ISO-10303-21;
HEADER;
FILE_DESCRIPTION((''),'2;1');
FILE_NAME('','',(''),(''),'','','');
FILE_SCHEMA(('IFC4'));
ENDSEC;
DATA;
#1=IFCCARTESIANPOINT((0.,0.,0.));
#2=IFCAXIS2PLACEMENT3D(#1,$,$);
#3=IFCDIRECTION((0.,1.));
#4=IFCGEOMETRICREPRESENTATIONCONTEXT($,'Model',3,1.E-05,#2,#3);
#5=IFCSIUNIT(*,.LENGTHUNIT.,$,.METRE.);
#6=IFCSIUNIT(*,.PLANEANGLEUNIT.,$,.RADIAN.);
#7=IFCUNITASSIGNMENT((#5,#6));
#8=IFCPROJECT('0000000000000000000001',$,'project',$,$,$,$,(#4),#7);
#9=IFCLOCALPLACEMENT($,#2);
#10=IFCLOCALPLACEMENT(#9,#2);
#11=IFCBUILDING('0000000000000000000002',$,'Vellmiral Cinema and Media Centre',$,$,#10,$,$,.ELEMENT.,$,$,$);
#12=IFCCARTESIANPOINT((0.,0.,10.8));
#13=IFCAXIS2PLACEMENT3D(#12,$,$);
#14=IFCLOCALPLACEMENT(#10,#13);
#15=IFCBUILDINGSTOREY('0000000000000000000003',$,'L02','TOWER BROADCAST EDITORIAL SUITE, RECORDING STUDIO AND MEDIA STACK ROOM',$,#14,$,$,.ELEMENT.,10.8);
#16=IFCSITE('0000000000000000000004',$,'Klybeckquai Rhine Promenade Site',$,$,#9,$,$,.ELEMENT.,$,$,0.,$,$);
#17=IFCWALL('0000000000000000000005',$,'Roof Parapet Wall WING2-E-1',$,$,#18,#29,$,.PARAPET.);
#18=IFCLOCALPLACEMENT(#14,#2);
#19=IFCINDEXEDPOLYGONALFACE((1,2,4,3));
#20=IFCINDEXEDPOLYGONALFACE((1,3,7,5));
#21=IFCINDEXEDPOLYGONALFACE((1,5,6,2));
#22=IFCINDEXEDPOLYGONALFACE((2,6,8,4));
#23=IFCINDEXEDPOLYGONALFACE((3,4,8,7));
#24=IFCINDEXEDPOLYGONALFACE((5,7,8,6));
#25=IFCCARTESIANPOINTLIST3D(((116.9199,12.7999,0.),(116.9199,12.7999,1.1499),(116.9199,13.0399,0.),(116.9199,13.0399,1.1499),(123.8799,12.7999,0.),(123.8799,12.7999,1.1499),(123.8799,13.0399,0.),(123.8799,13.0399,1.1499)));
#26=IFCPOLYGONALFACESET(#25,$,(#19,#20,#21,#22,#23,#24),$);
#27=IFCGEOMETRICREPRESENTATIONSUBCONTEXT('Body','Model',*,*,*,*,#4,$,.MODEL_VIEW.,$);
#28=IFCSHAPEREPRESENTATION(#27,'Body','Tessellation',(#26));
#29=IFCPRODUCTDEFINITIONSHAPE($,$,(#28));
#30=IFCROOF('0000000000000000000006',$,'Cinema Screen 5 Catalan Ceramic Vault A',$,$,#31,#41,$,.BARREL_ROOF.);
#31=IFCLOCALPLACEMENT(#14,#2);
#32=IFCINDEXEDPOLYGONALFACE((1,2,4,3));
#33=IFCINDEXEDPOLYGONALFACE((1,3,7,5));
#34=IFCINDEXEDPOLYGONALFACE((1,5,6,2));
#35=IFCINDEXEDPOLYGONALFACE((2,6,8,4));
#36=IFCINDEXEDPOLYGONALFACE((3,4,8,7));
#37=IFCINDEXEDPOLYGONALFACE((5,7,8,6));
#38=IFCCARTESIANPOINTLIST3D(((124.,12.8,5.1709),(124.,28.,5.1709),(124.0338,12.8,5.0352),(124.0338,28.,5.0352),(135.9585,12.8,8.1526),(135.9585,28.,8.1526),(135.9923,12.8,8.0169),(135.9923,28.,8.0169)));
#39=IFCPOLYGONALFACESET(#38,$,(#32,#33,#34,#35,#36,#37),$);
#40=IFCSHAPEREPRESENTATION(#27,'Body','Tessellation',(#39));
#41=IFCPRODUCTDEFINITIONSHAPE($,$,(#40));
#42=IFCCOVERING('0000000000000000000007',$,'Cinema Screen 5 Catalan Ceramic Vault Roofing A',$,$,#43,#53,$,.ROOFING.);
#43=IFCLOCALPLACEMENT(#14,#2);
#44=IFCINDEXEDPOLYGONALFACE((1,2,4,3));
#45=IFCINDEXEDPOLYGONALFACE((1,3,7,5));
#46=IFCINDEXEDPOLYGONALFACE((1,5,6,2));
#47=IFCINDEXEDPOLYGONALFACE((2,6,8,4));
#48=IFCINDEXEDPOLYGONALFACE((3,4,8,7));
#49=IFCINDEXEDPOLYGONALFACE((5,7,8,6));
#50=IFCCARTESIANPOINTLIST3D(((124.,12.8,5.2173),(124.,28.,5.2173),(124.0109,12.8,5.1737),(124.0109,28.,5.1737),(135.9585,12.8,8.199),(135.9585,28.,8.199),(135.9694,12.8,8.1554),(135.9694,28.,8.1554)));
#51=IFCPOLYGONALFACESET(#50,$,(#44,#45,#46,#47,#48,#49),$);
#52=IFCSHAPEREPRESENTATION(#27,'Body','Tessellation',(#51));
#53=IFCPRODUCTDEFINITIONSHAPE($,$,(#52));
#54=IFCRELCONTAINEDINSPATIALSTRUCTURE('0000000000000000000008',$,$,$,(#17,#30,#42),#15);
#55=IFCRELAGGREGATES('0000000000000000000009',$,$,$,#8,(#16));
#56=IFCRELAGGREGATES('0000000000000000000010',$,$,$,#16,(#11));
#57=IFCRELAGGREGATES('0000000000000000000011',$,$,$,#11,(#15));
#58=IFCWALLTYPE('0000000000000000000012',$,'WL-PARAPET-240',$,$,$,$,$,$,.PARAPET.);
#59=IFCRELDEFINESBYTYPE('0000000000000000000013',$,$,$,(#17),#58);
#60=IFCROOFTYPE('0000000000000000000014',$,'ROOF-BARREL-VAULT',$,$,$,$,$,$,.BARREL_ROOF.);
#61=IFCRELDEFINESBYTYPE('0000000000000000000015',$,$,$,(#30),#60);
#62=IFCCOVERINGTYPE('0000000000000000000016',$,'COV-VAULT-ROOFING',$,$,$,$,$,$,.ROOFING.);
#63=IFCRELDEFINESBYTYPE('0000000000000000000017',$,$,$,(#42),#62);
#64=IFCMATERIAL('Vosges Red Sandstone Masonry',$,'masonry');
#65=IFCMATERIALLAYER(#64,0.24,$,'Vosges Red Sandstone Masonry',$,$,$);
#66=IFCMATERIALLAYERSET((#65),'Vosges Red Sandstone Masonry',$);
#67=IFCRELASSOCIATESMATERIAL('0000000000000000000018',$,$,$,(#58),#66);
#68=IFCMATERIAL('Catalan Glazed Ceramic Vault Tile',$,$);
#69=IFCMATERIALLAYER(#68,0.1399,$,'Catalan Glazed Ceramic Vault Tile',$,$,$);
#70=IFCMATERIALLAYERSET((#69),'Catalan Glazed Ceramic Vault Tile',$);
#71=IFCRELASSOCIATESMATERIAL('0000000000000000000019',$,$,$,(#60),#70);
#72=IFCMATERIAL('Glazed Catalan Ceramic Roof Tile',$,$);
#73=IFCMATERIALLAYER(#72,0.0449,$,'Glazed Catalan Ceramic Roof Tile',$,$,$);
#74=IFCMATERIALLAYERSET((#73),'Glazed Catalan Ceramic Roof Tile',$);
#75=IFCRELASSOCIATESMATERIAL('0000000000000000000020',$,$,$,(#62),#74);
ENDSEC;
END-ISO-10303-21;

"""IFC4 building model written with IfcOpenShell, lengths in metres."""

from ifc_helpers import new_model, si_unit, direction, frame, frame_2d, origin, place, context, subcontext, project, spatial, polyline, rectangle, outline, extrude, material, layer, layer_set, type_object, element, save


model = new_model("IFC4")

# Units and contexts
model_context = context("Model", 3, precision=1e-05, world=origin(), true_north=direction((0.0, 1.0)))
body_context = subcontext(model_context, "Body", "Model", "MODEL_VIEW")
ifc_project = project(units=[si_unit("LENGTHUNIT", "METRE"), si_unit("PLANEANGLEUNIT", "RADIAN")], contexts=[model_context])

# Site, building, storey
site_placement = place(None, origin())
site = spatial("IfcSite", under=ifc_project, at=site_placement, Name="Klybeckquai Rhine Promenade Site", CompositionType="ELEMENT", RefElevation=0.0)
building_placement = place(site_placement, origin())
building = spatial("IfcBuilding", under=site, at=building_placement, Name="Vellmiral Cinema and Media Centre", CompositionType="ELEMENT")
storey_placement = place(building_placement, frame((0.0, 0.0, 10.8)))
storey = spatial("IfcBuildingStorey", under=building, at=storey_placement, Name="L02", Description="TOWER BROADCAST EDITORIAL SUITE, RECORDING STUDIO AND MEDIA STACK ROOM", CompositionType="ELEMENT", Elevation=10.8)

# Wall
ifc_material_1 = material(Name="Vosges Red Sandstone Masonry", Category="masonry")
ifc_layer_1 = layer(ifc_material_1, 0.24, Name="Vosges Red Sandstone Masonry")
ifc_layer_set_1 = layer_set([ifc_layer_1], Name="Vosges Red Sandstone Masonry")
wall_type_1 = type_object("IfcWallType", Name="WL-PARAPET-240", PredefinedType="PARAPET", material=ifc_layer_set_1)
wall_1_placement = place(storey_placement, frame((116.9199, 12.9199, 0.0), z_axis=(0.0, 0.0, 1.0), x_axis=(1.0, 0.0, 0.0)))
element("IfcWall", 1, at=wall_1_placement, inside=storey, type_object=wall_type_1, Name="Roof Parapet Wall WING2-E-1", PredefinedType="PARAPET", context=body_context, shape_type="SweptSolid", body=[
    extrude(rectangle(XDim=6.96, YDim=0.24, at=frame_2d((3.48, 0.0))), origin(), (0.0, 0.0, 1.0), 1.1499),
])

# Roof
ifc_material_2 = material(Name="Catalan Glazed Ceramic Vault Tile")
ifc_layer_2 = layer(ifc_material_2, 0.1399, Name="Catalan Glazed Ceramic Vault Tile")
ifc_layer_set_2 = layer_set([ifc_layer_2], Name="Catalan Glazed Ceramic Vault Tile")
roof_type = type_object("IfcRoofType", Name="ROOF-BARREL-VAULT", PredefinedType="BARREL_ROOF", material=ifc_layer_set_2)
roof_placement = place(storey_placement, frame((124.0, 12.8, 5.1709), z_axis=(-0.24193, 0.0, 0.970294), x_axis=(0.970294, 0.0, 0.24193)))
element("IfcRoof", 2, at=roof_placement, inside=storey, type_object=roof_type, Name="Cinema Screen 5 Catalan Ceramic Vault A", PredefinedType="BARREL_ROOF", context=body_context, shape_type="SweptSolid", body=[
    extrude(outline(polyline([(0.0, 0.0), (12.3246, 0.0), (12.3246, 15.2), (0.0, 15.2), (0.0, 0.0)])), origin(), (0.0, 0.0, -1.0), 0.1399),
])

# Covering
ifc_material_3 = material(Name="Glazed Catalan Ceramic Roof Tile")
ifc_layer_3 = layer(ifc_material_3, 0.0449, Name="Glazed Catalan Ceramic Roof Tile")
ifc_layer_set_3 = layer_set([ifc_layer_3], Name="Glazed Catalan Ceramic Roof Tile")
covering_type = type_object("IfcCoveringType", Name="COV-VAULT-ROOFING", PredefinedType="ROOFING", material=ifc_layer_set_3)
covering_placement = place(storey_placement, frame((124.0, 12.8, 5.2173), z_axis=(-0.24193, 0.0, 0.970294), x_axis=(0.970294, 0.0, 0.24193)))
element("IfcCovering", 3, at=covering_placement, inside=storey, type_object=covering_type, Name="Cinema Screen 5 Catalan Ceramic Vault Roofing A", PredefinedType="ROOFING", context=body_context, shape_type="SweptSolid", body=[
    extrude(outline(polyline([(0.0, 0.0), (12.3246, 0.0), (12.3246, 15.2), (0.0, 15.2), (0.0, 0.0)])), origin(), (0.0, 0.0, -1.0), 0.0449),
])

save(model, "model.ifc")
